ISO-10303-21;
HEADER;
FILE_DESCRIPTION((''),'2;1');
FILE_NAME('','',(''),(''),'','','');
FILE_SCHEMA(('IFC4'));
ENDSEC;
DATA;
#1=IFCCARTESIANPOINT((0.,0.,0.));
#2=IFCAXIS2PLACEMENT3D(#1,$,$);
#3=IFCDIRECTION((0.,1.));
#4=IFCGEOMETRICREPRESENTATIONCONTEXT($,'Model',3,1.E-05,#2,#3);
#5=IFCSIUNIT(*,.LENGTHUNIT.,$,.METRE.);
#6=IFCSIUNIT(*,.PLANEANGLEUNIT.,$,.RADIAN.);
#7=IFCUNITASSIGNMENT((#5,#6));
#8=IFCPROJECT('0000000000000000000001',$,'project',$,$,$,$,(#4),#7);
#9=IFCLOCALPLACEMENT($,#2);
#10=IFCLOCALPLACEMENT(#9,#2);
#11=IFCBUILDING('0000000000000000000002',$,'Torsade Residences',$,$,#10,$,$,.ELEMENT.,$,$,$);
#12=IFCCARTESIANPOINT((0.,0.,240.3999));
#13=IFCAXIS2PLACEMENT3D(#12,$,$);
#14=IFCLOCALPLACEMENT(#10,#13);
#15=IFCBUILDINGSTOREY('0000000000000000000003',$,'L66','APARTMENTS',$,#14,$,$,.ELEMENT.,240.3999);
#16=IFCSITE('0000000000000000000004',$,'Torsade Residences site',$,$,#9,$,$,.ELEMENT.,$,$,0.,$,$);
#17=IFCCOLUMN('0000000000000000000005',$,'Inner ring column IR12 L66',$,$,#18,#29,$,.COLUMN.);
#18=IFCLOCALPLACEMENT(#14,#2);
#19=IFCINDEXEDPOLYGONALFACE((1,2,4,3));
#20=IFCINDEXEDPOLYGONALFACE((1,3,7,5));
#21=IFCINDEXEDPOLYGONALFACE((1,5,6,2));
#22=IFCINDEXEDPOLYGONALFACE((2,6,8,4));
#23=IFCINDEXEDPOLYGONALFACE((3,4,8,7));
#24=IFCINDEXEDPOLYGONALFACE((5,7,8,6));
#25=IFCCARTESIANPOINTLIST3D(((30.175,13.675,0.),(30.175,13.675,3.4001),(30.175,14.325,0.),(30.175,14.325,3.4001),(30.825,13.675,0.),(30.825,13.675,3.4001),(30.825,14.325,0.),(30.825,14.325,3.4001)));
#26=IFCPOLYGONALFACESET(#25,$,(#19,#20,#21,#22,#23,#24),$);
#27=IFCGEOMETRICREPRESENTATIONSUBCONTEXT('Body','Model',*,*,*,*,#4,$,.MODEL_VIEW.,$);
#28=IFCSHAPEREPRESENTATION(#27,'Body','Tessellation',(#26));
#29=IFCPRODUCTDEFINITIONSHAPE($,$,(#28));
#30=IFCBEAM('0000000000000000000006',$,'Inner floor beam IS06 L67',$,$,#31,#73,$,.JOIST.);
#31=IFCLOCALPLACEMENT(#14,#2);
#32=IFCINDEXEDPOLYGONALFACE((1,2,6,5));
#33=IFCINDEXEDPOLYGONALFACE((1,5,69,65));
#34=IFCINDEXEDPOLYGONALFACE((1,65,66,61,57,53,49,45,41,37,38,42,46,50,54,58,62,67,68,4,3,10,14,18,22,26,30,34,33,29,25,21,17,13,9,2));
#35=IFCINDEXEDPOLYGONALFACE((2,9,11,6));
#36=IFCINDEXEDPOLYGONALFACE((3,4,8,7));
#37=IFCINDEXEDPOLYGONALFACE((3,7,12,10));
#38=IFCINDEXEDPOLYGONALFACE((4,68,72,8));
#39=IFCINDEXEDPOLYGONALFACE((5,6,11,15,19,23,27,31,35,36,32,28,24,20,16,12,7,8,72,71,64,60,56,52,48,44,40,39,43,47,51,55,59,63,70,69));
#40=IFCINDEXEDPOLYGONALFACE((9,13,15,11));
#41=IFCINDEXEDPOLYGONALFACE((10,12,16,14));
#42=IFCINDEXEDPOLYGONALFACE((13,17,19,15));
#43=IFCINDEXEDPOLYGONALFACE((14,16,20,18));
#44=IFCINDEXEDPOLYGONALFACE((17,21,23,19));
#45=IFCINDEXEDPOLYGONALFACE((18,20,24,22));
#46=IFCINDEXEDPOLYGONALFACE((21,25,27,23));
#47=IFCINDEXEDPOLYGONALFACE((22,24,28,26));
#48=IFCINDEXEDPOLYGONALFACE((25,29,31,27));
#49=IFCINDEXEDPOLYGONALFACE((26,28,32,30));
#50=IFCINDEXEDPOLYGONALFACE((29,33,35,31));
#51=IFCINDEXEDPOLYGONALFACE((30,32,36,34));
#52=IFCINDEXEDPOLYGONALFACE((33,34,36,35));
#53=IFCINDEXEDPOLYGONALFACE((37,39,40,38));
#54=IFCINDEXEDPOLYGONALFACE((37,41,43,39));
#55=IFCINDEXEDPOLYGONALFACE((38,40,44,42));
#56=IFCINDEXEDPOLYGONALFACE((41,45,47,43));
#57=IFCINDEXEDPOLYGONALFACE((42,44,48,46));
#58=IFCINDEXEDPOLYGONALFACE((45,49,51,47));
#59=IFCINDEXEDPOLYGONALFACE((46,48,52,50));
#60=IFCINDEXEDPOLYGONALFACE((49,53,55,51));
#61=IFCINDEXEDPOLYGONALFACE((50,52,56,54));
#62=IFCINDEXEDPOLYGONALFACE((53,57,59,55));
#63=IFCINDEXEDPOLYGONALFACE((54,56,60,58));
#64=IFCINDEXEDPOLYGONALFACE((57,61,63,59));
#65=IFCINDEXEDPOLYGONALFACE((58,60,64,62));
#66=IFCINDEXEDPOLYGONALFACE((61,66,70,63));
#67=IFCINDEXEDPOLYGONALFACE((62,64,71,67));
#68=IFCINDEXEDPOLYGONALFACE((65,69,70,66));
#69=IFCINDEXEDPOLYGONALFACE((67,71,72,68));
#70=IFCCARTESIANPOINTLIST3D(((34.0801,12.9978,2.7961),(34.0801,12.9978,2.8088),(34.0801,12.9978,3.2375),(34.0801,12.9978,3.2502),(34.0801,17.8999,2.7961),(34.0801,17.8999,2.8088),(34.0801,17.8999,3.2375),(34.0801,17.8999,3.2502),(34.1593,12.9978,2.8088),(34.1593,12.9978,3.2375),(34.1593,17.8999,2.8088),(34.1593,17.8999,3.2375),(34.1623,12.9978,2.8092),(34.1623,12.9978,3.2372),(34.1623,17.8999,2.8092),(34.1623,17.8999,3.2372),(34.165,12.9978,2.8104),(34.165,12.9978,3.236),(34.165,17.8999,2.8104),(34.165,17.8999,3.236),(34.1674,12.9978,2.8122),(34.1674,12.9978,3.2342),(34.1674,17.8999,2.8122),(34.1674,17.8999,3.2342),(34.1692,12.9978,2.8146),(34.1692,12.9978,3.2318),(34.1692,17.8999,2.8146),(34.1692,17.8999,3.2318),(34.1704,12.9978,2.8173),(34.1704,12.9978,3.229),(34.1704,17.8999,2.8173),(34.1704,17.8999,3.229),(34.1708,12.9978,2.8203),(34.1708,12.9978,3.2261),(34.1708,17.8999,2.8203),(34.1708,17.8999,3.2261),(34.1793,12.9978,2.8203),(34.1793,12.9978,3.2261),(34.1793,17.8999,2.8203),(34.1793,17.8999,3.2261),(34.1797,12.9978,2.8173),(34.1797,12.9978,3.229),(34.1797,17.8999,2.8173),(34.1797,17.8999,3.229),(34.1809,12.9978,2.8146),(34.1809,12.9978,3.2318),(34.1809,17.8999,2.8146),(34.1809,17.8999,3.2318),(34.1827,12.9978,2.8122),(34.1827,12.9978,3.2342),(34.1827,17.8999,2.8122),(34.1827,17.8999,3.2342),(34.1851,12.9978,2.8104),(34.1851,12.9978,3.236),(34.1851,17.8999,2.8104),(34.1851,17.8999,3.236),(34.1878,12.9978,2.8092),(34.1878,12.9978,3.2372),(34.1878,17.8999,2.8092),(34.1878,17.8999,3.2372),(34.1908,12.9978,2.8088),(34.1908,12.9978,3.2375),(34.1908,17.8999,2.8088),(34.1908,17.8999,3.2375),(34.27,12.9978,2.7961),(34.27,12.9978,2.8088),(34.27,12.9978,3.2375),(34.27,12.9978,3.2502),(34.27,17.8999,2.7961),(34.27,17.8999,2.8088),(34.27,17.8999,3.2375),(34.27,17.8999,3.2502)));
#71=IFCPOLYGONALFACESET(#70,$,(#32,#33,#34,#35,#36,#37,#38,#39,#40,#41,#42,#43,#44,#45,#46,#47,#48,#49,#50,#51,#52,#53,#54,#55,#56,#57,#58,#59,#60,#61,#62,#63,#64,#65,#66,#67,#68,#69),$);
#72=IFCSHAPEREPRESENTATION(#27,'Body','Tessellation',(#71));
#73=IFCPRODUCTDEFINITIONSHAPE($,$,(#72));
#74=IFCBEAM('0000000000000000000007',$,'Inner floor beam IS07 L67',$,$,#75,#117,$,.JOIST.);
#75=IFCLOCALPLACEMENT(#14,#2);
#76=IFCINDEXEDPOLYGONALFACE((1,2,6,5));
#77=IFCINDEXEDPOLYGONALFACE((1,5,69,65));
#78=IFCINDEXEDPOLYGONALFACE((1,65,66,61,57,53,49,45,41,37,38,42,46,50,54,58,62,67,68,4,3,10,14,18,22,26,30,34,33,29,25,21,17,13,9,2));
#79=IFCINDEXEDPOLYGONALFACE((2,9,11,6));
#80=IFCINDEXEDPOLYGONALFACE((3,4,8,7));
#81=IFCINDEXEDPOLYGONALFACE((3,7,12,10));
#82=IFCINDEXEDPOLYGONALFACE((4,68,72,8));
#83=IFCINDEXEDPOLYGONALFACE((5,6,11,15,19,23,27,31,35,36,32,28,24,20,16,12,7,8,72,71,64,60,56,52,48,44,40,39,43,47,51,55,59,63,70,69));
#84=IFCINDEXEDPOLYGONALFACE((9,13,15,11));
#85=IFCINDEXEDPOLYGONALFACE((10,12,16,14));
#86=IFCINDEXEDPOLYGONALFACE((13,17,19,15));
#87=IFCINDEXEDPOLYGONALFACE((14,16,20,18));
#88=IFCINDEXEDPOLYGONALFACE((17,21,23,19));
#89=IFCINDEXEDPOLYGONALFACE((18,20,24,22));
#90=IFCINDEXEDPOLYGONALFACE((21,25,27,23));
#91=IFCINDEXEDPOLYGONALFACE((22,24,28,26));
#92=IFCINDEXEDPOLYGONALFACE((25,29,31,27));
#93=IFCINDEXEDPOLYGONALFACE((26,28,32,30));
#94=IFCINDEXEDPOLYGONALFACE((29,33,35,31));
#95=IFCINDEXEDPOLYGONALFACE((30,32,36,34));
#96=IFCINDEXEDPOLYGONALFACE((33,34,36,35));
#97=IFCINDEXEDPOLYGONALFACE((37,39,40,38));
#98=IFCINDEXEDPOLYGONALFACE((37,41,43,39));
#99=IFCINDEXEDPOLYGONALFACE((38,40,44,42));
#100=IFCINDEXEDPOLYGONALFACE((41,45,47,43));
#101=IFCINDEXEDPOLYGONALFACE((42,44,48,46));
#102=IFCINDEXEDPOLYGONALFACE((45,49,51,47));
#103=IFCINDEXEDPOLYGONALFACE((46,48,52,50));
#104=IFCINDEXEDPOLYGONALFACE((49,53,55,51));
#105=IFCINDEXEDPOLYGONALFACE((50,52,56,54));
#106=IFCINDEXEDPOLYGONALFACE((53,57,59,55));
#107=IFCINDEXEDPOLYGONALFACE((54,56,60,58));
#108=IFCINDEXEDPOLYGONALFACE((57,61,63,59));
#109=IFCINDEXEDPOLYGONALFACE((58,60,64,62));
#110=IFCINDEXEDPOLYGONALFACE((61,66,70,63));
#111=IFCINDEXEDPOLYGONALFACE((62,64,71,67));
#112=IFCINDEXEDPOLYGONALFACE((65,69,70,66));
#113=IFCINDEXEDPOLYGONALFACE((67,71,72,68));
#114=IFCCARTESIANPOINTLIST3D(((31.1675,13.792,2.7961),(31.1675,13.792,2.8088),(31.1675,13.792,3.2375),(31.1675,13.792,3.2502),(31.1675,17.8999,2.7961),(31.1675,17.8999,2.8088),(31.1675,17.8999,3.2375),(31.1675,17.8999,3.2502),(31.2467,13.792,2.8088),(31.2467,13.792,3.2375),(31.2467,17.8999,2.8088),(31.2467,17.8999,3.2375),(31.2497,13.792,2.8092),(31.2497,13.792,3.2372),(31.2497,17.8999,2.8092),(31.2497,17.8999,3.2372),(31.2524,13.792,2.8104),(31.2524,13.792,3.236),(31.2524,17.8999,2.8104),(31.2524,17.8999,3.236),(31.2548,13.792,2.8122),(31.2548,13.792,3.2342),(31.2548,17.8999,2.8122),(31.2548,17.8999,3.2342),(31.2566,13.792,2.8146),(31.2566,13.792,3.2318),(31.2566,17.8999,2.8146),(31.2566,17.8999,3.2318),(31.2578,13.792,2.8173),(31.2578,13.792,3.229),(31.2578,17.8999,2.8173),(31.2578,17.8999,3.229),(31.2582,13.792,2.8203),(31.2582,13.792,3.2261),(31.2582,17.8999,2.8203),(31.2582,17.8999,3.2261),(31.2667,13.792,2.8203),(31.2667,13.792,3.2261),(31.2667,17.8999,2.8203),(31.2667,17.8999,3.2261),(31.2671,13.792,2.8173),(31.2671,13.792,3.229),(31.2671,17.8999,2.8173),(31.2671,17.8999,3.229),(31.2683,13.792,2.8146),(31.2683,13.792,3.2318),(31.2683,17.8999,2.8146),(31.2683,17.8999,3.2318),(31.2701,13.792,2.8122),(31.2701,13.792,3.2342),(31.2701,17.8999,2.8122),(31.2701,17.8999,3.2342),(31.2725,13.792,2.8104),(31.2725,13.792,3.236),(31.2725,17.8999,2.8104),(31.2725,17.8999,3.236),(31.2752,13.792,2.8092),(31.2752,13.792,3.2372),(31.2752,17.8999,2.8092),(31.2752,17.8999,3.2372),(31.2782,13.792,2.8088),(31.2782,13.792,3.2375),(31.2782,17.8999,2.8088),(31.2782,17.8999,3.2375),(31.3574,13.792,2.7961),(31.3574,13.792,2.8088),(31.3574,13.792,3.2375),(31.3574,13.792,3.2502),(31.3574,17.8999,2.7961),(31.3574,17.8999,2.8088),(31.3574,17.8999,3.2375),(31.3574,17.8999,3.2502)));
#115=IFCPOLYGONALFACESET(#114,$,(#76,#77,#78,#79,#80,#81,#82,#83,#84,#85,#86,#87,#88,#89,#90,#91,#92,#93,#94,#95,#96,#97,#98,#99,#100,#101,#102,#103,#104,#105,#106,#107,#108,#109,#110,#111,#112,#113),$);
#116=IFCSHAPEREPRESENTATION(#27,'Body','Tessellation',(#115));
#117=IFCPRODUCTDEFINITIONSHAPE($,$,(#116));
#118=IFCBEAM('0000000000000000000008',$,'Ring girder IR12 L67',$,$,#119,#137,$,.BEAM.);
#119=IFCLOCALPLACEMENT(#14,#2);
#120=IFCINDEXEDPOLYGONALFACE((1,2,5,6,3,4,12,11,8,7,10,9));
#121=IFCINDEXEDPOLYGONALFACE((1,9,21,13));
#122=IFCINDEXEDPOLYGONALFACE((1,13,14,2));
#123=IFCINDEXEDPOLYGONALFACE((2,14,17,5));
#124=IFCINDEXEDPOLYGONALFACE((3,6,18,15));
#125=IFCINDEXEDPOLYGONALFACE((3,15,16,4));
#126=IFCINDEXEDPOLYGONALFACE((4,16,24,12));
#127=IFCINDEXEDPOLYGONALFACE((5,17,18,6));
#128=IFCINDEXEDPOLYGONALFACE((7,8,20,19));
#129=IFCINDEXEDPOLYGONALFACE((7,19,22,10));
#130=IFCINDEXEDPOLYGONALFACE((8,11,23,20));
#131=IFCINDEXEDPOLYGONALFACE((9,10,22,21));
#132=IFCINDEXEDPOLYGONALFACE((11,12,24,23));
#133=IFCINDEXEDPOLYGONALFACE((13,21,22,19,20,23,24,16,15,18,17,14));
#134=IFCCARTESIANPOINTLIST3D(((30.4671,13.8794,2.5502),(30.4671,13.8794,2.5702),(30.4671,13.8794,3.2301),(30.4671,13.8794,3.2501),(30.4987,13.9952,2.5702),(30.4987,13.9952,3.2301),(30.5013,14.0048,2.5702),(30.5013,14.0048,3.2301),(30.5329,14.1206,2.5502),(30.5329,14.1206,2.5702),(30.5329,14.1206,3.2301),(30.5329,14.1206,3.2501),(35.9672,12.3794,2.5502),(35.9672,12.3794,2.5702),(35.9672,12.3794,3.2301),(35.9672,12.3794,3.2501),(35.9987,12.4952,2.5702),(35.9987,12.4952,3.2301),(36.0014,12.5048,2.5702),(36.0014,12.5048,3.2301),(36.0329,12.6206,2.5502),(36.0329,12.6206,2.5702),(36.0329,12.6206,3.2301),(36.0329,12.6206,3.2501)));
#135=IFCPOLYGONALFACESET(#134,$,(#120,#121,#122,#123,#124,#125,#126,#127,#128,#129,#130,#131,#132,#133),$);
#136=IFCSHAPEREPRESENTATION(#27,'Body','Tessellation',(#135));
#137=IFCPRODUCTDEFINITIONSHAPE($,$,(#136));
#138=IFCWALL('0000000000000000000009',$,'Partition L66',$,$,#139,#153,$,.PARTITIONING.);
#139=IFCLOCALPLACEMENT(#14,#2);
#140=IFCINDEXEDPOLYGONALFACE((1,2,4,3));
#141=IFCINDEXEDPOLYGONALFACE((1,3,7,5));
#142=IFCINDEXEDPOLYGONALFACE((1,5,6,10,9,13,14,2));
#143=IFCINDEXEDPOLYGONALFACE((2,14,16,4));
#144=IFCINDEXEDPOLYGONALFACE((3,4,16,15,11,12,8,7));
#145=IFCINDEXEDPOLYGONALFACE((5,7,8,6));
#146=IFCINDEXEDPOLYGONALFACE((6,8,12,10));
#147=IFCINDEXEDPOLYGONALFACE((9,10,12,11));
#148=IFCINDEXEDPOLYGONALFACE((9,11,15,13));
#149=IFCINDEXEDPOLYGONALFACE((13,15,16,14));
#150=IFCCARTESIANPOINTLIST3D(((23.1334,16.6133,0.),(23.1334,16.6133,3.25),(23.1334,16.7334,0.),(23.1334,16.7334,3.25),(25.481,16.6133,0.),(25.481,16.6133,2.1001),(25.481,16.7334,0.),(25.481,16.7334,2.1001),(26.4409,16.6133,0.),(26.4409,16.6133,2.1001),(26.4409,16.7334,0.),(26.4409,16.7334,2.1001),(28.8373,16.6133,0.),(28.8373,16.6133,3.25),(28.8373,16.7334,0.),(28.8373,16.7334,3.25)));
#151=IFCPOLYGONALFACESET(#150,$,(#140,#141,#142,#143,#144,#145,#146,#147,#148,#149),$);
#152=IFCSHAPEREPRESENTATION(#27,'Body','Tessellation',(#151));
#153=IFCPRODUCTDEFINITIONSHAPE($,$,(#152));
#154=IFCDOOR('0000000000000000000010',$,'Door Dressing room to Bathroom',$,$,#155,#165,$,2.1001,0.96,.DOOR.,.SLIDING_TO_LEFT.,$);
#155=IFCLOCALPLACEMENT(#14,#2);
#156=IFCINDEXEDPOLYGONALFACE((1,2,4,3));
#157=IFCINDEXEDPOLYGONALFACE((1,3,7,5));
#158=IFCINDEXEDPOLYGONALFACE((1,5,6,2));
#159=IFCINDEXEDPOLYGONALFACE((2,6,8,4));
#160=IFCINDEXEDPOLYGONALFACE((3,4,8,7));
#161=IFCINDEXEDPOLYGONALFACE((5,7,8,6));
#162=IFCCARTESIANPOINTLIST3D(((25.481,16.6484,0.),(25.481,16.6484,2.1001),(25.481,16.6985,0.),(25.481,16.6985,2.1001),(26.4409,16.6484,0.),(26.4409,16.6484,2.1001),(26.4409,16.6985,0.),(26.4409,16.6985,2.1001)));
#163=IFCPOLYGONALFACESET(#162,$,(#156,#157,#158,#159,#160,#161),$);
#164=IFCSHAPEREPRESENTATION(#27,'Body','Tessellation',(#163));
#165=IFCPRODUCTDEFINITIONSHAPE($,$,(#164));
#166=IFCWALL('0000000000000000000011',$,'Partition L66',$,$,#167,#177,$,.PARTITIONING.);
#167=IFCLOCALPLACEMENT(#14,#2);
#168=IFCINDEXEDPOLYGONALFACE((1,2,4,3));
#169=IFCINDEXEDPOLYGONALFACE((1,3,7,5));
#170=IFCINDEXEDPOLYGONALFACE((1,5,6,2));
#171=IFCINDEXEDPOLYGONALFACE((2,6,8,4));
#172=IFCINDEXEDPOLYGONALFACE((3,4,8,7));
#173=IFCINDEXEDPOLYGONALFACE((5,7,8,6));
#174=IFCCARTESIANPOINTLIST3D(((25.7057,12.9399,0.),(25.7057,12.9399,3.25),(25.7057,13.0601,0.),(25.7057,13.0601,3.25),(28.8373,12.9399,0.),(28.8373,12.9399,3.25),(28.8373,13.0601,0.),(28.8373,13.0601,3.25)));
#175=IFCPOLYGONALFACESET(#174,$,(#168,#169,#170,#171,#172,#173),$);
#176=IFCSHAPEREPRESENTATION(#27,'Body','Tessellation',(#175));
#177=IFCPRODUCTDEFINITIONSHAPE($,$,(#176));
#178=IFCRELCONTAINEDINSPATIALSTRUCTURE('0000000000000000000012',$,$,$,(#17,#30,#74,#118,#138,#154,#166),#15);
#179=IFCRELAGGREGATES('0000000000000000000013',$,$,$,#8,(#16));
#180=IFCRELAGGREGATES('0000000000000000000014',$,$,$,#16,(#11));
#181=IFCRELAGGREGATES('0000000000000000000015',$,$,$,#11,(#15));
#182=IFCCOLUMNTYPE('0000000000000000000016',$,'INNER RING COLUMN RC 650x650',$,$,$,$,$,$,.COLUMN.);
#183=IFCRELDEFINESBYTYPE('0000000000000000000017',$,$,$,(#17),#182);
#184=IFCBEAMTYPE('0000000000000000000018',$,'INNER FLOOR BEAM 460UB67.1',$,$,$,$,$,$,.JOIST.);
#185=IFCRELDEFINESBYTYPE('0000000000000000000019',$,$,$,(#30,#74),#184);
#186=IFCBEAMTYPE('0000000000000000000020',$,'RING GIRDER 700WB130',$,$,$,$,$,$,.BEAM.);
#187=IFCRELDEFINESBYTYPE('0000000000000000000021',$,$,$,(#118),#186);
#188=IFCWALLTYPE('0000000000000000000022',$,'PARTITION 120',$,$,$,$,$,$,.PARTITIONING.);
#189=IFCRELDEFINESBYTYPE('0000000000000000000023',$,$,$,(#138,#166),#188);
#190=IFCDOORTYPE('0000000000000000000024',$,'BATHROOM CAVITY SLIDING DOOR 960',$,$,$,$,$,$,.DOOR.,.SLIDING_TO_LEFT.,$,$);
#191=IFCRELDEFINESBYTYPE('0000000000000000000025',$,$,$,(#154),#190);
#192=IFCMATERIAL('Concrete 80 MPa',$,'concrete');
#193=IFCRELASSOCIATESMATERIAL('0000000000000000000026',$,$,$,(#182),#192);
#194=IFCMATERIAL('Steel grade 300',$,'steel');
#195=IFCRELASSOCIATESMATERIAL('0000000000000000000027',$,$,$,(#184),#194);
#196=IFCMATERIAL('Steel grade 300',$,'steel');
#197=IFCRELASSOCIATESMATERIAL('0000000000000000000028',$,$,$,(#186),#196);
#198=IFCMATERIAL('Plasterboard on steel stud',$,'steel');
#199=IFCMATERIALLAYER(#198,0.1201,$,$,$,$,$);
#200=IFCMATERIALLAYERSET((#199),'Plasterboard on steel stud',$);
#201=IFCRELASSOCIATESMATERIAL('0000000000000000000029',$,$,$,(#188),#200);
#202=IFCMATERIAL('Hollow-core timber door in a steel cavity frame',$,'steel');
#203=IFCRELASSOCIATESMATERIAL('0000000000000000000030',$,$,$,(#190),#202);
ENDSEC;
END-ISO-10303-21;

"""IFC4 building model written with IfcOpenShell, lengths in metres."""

from ifc_helpers import new_model, si_unit, direction, frame, frame_2d, origin, origin_2d, place, context, subcontext, project, spatial, rectangle, i_section, extrude, material, layer, layer_set, material_profile, profile_set, type_object, element, fill, save


model = new_model("IFC4")

# Units and contexts
model_context = context("Model", 3, precision=1e-05, world=origin(), true_north=direction((0.0, 1.0)))
body_context = subcontext(model_context, "Body", "Model", "MODEL_VIEW")
ifc_project = project(units=[si_unit("LENGTHUNIT", "METRE"), si_unit("PLANEANGLEUNIT", "RADIAN")], contexts=[model_context])

# Site, building, storey
site_placement = place(None, origin())
site = spatial("IfcSite", under=ifc_project, at=site_placement, Name="Torsade Residences site", CompositionType="ELEMENT", RefElevation=0.0)
building_placement = place(site_placement, origin())
building = spatial("IfcBuilding", under=site, at=building_placement, Name="Torsade Residences", CompositionType="ELEMENT")
storey_placement = place(building_placement, frame((0.0, 0.0, 240.3999)))
storey = spatial("IfcBuildingStorey", under=building, at=storey_placement, Name="L66", Description="APARTMENTS", CompositionType="ELEMENT", Elevation=240.3999)

# Column
ifc_material_1 = material(Name="Concrete 80 MPa", Category="concrete")
ifc_material_profile_1 = material_profile(ifc_material_1, rectangle(XDim=0.6499, YDim=0.6499, at=origin_2d()), Name="RC 650x650")
ifc_profile_set_1 = profile_set([ifc_material_profile_1], Name="Concrete 80 MPa")
column_type = type_object("IfcColumnType", Name="INNER RING COLUMN RC 650x650", PredefinedType="COLUMN", material=ifc_profile_set_1)
column_placement = place(storey_placement, frame((30.5, 14.0, 0.0), z_axis=(0.0, 0.0, 1.0), x_axis=(1.0, 0.0, 0.0)))
element("IfcColumn", 1, at=column_placement, inside=storey, type_object=column_type, Name="Inner ring column IR12 L66", PredefinedType="COLUMN", context=body_context, shape_type="SweptSolid", body=[
    extrude(rectangle(XDim=0.6499, YDim=0.6499, at=origin_2d()), origin(), (0.0, 0.0, 1.0), 3.4001),
])

# Beams
ifc_material_2 = material(Name="Steel grade 300", Category="steel")
ifc_material_profile_2 = material_profile(ifc_material_2, i_section(OverallWidth=0.1899, OverallDepth=0.4541, WebThickness=0.0085, FlangeThickness=0.0127, FilletRadius=0.0115, at=origin_2d()), Name="460UB67.1")
ifc_profile_set_2 = profile_set([ifc_material_profile_2], Name="Steel grade 300")
beam_type_1 = type_object("IfcBeamType", Name="INNER FLOOR BEAM 460UB67.1", PredefinedType="JOIST", material=ifc_profile_set_2)
beam_1_placement = place(storey_placement, frame((34.175, 17.8999, 3.0232), z_axis=(0.0, -1.0, 0.0), x_axis=(1.0, 0.0, 0.0)))
element("IfcBeam", 2, at=beam_1_placement, inside=storey, type_object=beam_type_1, Name="Inner floor beam IS06 L67", PredefinedType="JOIST", context=body_context, shape_type="SweptSolid", body=[
    extrude(i_section(OverallWidth=0.1899, OverallDepth=0.4541, WebThickness=0.0085, FlangeThickness=0.0127, FilletRadius=0.0115, at=origin_2d()), origin(), (0.0, 0.0, 1.0), 4.9021),
])
beam_2_placement = place(storey_placement, frame((31.2625, 17.8999, 3.0232), z_axis=(0.0, -1.0, 0.0), x_axis=(1.0, 0.0, 0.0)))
element("IfcBeam", 3, at=beam_2_placement, inside=storey, type_object=beam_type_1, Name="Inner floor beam IS07 L67", PredefinedType="JOIST", context=body_context, shape_type="SweptSolid", body=[
    extrude(i_section(OverallWidth=0.1899, OverallDepth=0.4541, WebThickness=0.0085, FlangeThickness=0.0127, FilletRadius=0.0115, at=origin_2d()), origin(), (0.0, 0.0, 1.0), 4.1079),
])
ifc_material_3 = material(Name="Steel grade 300", Category="steel")
ifc_material_profile_3 = material_profile(ifc_material_3, i_section(OverallWidth=0.25, OverallDepth=0.7, WebThickness=0.01, FlangeThickness=0.02, at=origin_2d()), Name="700WB130")
ifc_profile_set_3 = profile_set([ifc_material_profile_3], Name="Steel grade 300")
beam_type_2 = type_object("IfcBeamType", Name="RING GIRDER 700WB130", PredefinedType="BEAM", material=ifc_profile_set_3)
beam_3_placement = place(storey_placement, frame((30.5, 14.0, 2.9001), z_axis=(0.964764, -0.263117, 0.0), x_axis=(0.263117, 0.964764, 0.0)))
element("IfcBeam", 4, at=beam_3_placement, inside=storey, type_object=beam_type_2, Name="Ring girder IR12 L67", PredefinedType="BEAM", context=body_context, shape_type="SweptSolid", body=[
    extrude(i_section(OverallWidth=0.25, OverallDepth=0.7, WebThickness=0.01, FlangeThickness=0.02, at=origin_2d()), origin(), (0.0, 0.0, 1.0), 5.7009),
])

# Wall, opening, door
ifc_material_4 = material(Name="Plasterboard on steel stud", Category="steel")
ifc_layer_1 = layer(ifc_material_4, 0.1201)
ifc_layer_set_1 = layer_set([ifc_layer_1], Name="Plasterboard on steel stud")
wall_type_1 = type_object("IfcWallType", Name="PARTITION 120", PredefinedType="PARTITIONING", material=ifc_layer_set_1)
wall_1_placement = place(storey_placement, frame((28.8374, 16.6733, 0.0), z_axis=(0.0, 0.0, 1.0), x_axis=(-1.0, 0.0, 0.0)))
wall_1 = element("IfcWall", 5, at=wall_1_placement, inside=storey, type_object=wall_type_1, Name="Partition L66", PredefinedType="PARTITIONING", context=body_context, shape_type="SweptSolid", body=[
    extrude(rectangle(XDim=5.7039, YDim=0.1201, at=frame_2d((2.8521, 0.0))), origin(), (0.0, 0.0, 1.0), 3.25),
])
opening_1_placement = place(wall_1_placement, frame((2.3965, 0.0, 0.0)))
opening_1 = element("IfcOpeningElement", 6, at=opening_1_placement, cuts=wall_1, PredefinedType="OPENING", context=body_context, shape_type="SweptSolid", body=[
    extrude(rectangle(XDim=0.96, YDim=2.1001, at=frame_2d((0.48, 1.05))), frame((0.0, 0.0701, 0.0), z_axis=(0.0, -1.0, 0.0), x_axis=(1.0, 0.0, 0.0)), (0.0, 0.0, 1.0), 0.1401),
])
ifc_material_5 = material(Name="Hollow-core timber door in a steel cavity frame", Category="steel")
door_type_1 = type_object("IfcDoorType", Name="BATHROOM CAVITY SLIDING DOOR 960", OperationType="SLIDING_TO_LEFT", PredefinedType="DOOR", material=ifc_material_5)
door_1_placement = place(opening_1_placement, origin())
door_1 = element("IfcDoor", 7, at=door_1_placement, inside=storey, type_object=door_type_1, Name="Door Dressing room to Bathroom", OperationType="SLIDING_TO_LEFT", OverallHeight=2.1001, OverallWidth=0.96, PredefinedType="DOOR", context=body_context, shape_type="SweptSolid", body=[
    extrude(rectangle(XDim=0.96, YDim=2.1001, at=frame_2d((0.48, 1.05))), frame((0.0, 0.0249, 0.0), z_axis=(0.0, -1.0, 0.0), x_axis=(1.0, 0.0, 0.0)), (0.0, 0.0, 1.0), 0.05),
])
fill(opening_1, door_1)

# Wall
wall_2_placement = place(storey_placement, frame((28.8374, 13.0, 0.0), z_axis=(0.0, 0.0, 1.0), x_axis=(-1.0, 0.0, 0.0)))
element("IfcWall", 8, at=wall_2_placement, inside=storey, type_object=wall_type_1, Name="Partition L66", PredefinedType="PARTITIONING", context=body_context, shape_type="SweptSolid", body=[
    extrude(rectangle(XDim=3.1316, YDim=0.1201, at=frame_2d((1.5659, 0.0))), origin(), (0.0, 0.0, 1.0), 3.25),
])

save(model, "model.ifc")
